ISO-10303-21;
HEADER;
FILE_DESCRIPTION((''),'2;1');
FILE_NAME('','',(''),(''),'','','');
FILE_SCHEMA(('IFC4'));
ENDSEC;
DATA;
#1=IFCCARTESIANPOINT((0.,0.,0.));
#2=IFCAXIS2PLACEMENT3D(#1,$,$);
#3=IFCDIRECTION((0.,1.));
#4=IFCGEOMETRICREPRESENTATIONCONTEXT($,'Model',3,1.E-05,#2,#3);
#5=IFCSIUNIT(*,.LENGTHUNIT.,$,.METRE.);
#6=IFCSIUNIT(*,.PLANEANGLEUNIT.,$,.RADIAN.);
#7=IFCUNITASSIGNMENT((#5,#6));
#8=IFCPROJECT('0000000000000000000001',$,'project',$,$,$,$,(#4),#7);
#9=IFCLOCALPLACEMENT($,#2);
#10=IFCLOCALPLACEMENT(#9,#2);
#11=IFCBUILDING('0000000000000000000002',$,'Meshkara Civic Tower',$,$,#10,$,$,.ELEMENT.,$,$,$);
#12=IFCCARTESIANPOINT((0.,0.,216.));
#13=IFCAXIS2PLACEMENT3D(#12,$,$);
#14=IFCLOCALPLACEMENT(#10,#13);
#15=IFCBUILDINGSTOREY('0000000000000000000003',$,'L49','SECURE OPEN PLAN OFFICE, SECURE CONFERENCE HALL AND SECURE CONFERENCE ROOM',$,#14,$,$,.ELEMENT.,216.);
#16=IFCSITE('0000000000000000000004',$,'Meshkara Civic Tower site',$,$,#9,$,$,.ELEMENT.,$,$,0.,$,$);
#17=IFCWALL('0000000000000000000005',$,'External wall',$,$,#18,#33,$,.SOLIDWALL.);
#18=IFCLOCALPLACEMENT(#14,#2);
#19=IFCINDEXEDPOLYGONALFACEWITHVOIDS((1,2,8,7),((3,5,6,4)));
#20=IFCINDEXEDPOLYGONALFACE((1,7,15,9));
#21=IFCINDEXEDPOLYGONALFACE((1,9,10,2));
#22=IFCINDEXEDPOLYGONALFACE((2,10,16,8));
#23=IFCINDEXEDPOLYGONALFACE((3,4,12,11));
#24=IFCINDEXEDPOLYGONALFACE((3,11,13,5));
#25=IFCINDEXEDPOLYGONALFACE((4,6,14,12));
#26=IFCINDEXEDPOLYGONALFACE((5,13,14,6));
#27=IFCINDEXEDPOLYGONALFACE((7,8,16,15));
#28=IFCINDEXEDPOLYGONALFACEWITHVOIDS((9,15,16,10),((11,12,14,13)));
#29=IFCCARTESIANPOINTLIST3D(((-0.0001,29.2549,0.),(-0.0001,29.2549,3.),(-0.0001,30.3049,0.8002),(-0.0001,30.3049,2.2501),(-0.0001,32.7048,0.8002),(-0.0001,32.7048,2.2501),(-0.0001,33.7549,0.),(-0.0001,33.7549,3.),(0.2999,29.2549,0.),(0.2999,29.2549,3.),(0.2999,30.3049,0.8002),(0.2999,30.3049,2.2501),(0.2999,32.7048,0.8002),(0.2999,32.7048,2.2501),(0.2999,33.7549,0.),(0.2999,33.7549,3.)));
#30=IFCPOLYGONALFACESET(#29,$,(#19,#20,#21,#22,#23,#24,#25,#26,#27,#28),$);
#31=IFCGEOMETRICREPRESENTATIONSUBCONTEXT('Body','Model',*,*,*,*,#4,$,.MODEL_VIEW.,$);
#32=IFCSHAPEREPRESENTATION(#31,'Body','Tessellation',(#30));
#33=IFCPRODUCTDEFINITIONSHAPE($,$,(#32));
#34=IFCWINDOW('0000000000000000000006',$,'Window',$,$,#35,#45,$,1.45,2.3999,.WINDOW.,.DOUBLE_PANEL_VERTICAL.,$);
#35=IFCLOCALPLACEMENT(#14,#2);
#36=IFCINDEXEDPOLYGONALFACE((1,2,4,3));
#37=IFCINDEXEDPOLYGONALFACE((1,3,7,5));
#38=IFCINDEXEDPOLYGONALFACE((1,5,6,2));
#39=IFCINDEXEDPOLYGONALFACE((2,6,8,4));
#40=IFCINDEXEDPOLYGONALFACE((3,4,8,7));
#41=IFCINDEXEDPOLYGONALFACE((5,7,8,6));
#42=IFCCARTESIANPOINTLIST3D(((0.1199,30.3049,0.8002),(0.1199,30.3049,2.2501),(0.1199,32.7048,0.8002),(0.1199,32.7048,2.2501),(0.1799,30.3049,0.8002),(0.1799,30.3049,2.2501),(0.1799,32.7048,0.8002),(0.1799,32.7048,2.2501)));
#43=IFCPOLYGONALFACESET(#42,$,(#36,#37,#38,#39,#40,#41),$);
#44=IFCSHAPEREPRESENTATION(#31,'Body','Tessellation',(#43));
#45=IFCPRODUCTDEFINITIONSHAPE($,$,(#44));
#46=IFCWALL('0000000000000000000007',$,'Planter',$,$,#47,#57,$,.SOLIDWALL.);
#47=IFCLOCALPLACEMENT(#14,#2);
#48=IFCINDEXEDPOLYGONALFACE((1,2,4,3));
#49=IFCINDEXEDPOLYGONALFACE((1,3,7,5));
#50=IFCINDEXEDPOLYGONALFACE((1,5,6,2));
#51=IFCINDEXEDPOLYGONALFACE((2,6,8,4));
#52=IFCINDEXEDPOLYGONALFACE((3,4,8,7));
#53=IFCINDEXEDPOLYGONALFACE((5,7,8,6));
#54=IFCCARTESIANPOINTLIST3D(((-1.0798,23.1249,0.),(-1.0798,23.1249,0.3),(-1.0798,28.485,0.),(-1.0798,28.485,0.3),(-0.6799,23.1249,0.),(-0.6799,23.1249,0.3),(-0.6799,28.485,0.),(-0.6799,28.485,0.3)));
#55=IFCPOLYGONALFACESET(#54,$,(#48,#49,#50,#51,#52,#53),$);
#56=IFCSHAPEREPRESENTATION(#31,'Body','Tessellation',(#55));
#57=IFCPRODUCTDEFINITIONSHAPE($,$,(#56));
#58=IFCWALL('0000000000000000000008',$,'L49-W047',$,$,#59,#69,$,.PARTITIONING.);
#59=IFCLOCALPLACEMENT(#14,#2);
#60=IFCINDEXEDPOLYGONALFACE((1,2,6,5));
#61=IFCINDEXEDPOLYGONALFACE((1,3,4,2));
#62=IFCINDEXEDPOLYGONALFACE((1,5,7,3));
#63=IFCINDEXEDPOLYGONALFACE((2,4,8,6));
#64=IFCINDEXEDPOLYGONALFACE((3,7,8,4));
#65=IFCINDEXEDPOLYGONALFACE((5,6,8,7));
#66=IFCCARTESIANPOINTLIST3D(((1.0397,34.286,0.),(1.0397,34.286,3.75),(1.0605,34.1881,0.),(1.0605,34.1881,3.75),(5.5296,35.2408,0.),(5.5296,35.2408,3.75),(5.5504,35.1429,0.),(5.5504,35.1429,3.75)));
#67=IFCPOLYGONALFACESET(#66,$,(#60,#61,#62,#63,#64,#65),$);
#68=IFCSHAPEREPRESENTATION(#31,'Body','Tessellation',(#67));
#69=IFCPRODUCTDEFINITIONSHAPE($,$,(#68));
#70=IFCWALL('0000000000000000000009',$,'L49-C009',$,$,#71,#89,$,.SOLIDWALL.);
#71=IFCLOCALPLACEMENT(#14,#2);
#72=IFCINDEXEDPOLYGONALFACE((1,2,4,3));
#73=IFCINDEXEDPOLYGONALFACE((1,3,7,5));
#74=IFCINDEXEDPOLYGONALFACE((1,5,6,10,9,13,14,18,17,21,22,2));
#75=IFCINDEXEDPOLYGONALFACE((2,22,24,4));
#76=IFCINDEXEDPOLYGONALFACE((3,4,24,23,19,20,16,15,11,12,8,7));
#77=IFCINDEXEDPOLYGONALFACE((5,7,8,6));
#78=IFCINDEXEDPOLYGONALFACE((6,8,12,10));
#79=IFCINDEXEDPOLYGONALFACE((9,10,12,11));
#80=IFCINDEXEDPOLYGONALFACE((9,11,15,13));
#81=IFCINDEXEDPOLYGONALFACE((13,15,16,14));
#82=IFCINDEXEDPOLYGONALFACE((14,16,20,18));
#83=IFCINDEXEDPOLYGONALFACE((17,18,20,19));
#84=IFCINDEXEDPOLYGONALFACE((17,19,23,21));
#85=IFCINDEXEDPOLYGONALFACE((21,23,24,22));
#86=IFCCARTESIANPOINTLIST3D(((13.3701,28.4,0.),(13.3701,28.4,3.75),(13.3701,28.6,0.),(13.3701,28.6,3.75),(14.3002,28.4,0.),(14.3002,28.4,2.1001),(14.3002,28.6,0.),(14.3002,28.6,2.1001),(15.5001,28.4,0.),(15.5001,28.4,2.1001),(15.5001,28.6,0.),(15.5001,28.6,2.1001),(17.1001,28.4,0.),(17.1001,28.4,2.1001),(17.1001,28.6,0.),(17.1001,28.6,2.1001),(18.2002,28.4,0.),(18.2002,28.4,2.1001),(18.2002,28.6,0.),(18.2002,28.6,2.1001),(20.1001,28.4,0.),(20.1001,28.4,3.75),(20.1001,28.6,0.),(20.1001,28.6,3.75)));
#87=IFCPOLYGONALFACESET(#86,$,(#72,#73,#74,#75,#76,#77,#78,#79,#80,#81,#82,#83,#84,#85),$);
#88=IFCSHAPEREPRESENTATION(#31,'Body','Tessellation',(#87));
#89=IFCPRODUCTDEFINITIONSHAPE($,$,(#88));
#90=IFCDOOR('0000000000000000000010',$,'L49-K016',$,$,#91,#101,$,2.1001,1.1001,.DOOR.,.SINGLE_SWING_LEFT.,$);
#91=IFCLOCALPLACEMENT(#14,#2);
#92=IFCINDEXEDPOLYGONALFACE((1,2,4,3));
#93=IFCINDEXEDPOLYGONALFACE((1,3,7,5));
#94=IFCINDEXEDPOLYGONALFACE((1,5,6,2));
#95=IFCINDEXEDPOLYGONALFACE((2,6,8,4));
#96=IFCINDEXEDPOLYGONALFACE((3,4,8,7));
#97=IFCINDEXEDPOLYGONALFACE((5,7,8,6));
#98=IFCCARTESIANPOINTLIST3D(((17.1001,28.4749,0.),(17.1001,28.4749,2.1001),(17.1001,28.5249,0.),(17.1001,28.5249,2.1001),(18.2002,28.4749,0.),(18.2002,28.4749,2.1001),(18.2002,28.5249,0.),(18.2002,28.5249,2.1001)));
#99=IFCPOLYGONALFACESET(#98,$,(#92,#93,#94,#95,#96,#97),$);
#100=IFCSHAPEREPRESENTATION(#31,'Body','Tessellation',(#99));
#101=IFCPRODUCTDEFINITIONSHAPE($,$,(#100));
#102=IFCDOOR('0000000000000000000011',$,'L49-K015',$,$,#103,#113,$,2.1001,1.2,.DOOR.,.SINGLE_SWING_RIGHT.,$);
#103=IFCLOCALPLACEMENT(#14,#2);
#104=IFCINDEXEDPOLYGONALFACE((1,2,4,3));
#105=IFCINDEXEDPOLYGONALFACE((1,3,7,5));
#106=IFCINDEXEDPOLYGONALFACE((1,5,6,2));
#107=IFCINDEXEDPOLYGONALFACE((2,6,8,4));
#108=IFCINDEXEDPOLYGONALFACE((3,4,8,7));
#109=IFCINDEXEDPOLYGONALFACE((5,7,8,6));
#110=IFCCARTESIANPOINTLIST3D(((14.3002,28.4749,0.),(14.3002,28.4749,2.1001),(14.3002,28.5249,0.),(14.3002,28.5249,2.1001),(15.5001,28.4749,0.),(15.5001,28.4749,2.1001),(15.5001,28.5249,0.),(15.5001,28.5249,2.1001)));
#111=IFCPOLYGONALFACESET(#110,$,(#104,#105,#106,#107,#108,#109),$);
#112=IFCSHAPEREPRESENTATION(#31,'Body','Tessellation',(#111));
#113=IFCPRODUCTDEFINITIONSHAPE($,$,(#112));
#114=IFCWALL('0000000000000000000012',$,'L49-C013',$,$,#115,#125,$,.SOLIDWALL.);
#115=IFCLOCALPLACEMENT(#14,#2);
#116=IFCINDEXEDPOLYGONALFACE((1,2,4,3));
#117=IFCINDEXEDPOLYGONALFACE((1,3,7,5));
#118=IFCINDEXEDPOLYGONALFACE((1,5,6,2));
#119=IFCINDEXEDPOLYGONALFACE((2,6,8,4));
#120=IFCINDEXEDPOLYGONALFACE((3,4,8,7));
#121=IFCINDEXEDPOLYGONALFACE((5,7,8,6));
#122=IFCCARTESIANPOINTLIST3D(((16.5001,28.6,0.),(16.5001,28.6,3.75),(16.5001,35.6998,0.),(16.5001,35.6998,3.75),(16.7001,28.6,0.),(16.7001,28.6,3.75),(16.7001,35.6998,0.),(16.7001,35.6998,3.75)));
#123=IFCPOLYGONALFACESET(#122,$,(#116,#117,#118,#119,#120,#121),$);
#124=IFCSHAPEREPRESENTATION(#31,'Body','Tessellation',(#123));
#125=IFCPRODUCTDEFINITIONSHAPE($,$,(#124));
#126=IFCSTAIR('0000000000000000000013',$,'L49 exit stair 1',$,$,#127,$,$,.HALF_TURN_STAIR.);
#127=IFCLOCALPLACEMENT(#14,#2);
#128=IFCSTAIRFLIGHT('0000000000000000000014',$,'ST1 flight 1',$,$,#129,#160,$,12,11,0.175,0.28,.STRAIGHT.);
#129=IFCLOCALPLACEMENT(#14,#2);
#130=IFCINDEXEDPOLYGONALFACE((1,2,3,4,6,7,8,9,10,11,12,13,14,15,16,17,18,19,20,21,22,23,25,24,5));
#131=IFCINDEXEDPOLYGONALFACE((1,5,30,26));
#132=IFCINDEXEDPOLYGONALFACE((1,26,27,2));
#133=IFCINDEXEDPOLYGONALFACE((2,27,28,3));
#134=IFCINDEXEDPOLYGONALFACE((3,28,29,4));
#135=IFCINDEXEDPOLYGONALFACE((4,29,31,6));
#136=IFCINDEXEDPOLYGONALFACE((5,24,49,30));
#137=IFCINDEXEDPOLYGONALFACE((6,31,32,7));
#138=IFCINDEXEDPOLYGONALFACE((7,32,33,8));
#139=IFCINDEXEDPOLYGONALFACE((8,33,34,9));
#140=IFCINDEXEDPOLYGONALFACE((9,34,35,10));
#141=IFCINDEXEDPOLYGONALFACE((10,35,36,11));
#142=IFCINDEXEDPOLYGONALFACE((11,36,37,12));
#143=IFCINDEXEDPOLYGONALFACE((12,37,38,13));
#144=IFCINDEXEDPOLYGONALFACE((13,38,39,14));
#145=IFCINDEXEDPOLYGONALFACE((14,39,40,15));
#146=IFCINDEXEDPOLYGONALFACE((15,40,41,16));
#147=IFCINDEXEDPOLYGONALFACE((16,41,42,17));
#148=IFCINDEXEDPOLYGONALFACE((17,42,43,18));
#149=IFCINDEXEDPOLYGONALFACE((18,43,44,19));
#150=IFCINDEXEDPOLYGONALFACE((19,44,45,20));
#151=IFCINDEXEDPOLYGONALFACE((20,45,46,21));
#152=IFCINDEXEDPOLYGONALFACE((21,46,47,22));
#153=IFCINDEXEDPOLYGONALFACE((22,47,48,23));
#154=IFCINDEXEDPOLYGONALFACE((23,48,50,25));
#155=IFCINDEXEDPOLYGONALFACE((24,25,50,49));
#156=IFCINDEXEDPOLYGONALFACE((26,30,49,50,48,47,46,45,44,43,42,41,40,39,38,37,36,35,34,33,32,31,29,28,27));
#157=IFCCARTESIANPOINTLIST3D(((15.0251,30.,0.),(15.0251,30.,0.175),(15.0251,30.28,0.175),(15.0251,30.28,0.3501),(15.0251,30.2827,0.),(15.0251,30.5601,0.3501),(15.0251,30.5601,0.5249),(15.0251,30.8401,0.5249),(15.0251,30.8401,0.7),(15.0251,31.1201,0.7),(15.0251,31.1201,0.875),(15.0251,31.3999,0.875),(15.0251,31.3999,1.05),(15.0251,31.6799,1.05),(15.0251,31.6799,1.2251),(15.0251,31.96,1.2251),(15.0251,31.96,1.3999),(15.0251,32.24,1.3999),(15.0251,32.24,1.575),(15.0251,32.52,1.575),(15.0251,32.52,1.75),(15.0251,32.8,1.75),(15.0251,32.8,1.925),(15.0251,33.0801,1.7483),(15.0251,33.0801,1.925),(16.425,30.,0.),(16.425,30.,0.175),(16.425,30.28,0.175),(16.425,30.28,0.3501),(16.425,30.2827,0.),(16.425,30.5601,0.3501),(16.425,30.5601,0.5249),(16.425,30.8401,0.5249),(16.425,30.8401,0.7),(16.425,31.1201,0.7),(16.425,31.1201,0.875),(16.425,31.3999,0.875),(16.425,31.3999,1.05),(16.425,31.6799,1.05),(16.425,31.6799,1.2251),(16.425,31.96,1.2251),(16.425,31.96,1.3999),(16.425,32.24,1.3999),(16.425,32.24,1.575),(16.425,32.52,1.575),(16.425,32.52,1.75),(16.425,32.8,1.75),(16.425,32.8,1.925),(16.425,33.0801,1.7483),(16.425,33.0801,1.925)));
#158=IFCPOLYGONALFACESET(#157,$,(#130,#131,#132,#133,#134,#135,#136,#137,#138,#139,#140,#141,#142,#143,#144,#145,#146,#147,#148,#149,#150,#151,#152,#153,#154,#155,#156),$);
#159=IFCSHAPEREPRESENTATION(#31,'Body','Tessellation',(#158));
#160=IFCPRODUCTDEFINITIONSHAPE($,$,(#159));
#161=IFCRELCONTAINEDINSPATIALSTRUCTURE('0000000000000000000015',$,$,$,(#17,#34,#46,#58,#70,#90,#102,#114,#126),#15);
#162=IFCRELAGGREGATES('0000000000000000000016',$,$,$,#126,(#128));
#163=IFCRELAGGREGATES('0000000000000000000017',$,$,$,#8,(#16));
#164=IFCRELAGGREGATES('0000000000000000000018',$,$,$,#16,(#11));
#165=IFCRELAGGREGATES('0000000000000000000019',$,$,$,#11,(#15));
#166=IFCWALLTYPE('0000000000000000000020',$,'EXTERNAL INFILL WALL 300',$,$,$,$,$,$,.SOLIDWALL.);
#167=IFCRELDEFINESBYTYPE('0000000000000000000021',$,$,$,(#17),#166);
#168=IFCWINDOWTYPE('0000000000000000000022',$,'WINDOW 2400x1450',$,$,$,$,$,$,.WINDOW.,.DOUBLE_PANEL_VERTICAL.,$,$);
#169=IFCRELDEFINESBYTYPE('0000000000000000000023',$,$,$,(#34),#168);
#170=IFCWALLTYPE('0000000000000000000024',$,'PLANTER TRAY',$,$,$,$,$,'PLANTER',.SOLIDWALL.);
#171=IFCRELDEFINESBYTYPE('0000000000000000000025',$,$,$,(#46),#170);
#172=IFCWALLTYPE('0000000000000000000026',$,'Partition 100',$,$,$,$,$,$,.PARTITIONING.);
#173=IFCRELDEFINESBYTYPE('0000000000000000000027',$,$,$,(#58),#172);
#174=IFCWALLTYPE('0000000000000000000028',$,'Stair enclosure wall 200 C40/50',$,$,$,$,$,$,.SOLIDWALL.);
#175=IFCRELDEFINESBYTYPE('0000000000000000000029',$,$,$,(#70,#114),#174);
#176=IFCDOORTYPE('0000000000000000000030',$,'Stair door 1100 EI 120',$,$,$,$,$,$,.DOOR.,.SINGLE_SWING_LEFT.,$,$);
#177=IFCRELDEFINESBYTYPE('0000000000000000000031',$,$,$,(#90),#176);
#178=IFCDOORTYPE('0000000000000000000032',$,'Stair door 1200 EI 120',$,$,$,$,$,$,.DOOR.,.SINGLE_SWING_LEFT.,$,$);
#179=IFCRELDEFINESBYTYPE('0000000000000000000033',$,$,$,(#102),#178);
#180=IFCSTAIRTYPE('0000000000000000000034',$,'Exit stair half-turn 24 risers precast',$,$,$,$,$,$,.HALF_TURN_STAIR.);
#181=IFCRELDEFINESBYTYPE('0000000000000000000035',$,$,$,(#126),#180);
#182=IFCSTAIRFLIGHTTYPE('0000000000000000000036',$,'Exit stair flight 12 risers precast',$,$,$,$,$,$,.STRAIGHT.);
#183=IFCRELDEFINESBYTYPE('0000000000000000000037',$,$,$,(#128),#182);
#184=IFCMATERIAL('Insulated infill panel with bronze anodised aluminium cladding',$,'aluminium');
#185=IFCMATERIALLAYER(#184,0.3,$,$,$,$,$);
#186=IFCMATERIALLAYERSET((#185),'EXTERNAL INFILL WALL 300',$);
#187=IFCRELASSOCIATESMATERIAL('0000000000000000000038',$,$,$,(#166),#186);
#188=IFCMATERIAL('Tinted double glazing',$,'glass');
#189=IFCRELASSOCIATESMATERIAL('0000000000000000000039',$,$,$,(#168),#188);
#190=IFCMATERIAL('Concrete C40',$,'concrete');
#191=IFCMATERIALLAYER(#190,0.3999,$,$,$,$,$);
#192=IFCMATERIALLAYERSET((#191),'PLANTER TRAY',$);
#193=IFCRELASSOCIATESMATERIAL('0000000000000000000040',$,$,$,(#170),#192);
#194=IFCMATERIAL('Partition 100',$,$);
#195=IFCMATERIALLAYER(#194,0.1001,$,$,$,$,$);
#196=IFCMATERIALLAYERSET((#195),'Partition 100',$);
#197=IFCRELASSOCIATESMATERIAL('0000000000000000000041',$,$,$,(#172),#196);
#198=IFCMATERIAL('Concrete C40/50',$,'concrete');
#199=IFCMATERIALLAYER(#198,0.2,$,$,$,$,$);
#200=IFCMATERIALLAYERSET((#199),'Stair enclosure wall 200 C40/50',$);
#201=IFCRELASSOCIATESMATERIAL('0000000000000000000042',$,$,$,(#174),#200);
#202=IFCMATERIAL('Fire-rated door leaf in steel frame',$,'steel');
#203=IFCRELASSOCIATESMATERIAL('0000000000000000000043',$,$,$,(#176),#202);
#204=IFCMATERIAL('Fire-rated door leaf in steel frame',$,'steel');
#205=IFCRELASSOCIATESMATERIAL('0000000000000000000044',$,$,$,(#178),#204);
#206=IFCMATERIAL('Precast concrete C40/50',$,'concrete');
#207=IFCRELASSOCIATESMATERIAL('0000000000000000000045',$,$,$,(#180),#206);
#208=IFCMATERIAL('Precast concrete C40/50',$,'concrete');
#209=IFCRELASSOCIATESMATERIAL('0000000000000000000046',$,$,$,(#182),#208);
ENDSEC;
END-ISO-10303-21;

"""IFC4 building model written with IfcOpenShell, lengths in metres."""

from ifc_helpers import new_model, si_unit, direction, frame, frame_2d, origin, place, context, subcontext, project, spatial, polyline, rectangle, outline, extrude, material, layer, layer_set, type_object, element, fill, aggregate, save


model = new_model("IFC4")

# Units and contexts
model_context = context("Model", 3, precision=1e-05, world=origin(), true_north=direction((0.0, 1.0)))
body_context = subcontext(model_context, "Body", "Model", "MODEL_VIEW")
ifc_project = project(units=[si_unit("LENGTHUNIT", "METRE"), si_unit("PLANEANGLEUNIT", "RADIAN")], contexts=[model_context])

# Site, building, storey
site_placement = place(None, origin())
site = spatial("IfcSite", under=ifc_project, at=site_placement, Name="Meshkara Civic Tower site", CompositionType="ELEMENT", RefElevation=0.0)
building_placement = place(site_placement, origin())
building = spatial("IfcBuilding", under=site, at=building_placement, Name="Meshkara Civic Tower", CompositionType="ELEMENT")
storey_placement = place(building_placement, frame((0.0, 0.0, 216.0)))
storey = spatial("IfcBuildingStorey", under=building, at=storey_placement, Name="L49", Description="SECURE OPEN PLAN OFFICE, SECURE CONFERENCE HALL AND SECURE CONFERENCE ROOM", CompositionType="ELEMENT", Elevation=216.0)

# Wall, opening, window
ifc_material_1 = material(Name="Insulated infill panel with bronze anodised aluminium cladding", Category="aluminium")
ifc_layer_1 = layer(ifc_material_1, 0.3)
ifc_layer_set_1 = layer_set([ifc_layer_1], Name="EXTERNAL INFILL WALL 300")
wall_type_1 = type_object("IfcWallType", Name="EXTERNAL INFILL WALL 300", PredefinedType="SOLIDWALL", material=ifc_layer_set_1)
ifc_material_2 = material(Name="Tinted double glazing", Category="glass")
window_type = type_object("IfcWindowType", Name="WINDOW 2400x1450", PartitioningType="DOUBLE_PANEL_VERTICAL", PredefinedType="WINDOW", material=ifc_material_2)
wall_1_placement = place(storey_placement, frame((0.1499, 33.7549, 0.0), z_axis=(0.0, 0.0, 1.0), x_axis=(0.0, -1.0, 0.0)))
wall_1 = element("IfcWall", 1, at=wall_1_placement, inside=storey, type_object=wall_type_1, Name="External wall", PredefinedType="SOLIDWALL", context=body_context, shape_type="SweptSolid", body=[
    extrude(rectangle(XDim=4.5, YDim=0.3, at=frame_2d((2.25, 0.0))), origin(), (0.0, 0.0, 1.0), 3.0),
])
opening_1_placement = place(wall_1_placement, frame((1.05, 0.0, 0.8)))
opening_1 = element("IfcOpeningElement", 2, at=opening_1_placement, cuts=wall_1, PredefinedType="OPENING", context=body_context, shape_type="SweptSolid", body=[
    extrude(rectangle(XDim=2.3999, YDim=1.45, at=frame_2d((1.2, 0.7251))), frame((0.0, 0.1599, 0.0), z_axis=(0.0, -1.0, 0.0), x_axis=(1.0, 0.0, 0.0)), (0.0, 0.0, 1.0), 0.3201),
])
window_1_placement = place(opening_1_placement, origin())
window_1 = element("IfcWindow", 3, at=window_1_placement, inside=storey, type_object=window_type, Name="Window", OverallHeight=1.45, OverallWidth=2.3999, PartitioningType="DOUBLE_PANEL_VERTICAL", PredefinedType="WINDOW", context=body_context, shape_type="SweptSolid", body=[
    extrude(rectangle(XDim=2.3999, YDim=1.45, at=frame_2d((1.2, 0.7251))), frame((0.0, 0.03, 0.0), z_axis=(0.0, -1.0, 0.0), x_axis=(1.0, 0.0, 0.0)), (0.0, 0.0, 1.0), 0.0601),
])
fill(opening_1, window_1)

# Walls
ifc_material_3 = material(Name="Concrete C40", Category="concrete")
ifc_layer_2 = layer(ifc_material_3, 0.3999)
ifc_layer_set_2 = layer_set([ifc_layer_2], Name="PLANTER TRAY")
wall_type_2 = type_object("IfcWallType", Name="PLANTER TRAY", ElementType="PLANTER", PredefinedType="SOLIDWALL", material=ifc_layer_set_2)
wall_2_placement = place(storey_placement, frame((-0.8799, 28.4851, 0.0), z_axis=(0.0, 0.0, 1.0), x_axis=(0.0, -1.0, 0.0)))
element("IfcWall", 4, at=wall_2_placement, inside=storey, type_object=wall_type_2, Name="Planter", PredefinedType="SOLIDWALL", context=body_context, shape_type="SweptSolid", body=[
    extrude(rectangle(XDim=5.3601, YDim=0.3999, at=frame_2d((2.6802, 0.0))), origin(), (0.0, 0.0, 1.0), 0.3),
])
ifc_material_4 = material(Name="Partition 100")
ifc_layer_3 = layer(ifc_material_4, 0.1001)
ifc_layer_set_3 = layer_set([ifc_layer_3], Name="Partition 100")
wall_type_3 = type_object("IfcWallType", Name="Partition 100", PredefinedType="PARTITIONING", material=ifc_layer_set_3)
wall_3_placement = place(storey_placement, frame((5.54, 35.1919, 0.0), z_axis=(0.0, 0.0, 1.0), x_axis=(-0.978127, -0.208007, 0.0)))
element("IfcWall", 5, at=wall_3_placement, inside=storey, type_object=wall_type_3, Name="L49-W047", PredefinedType="PARTITIONING", context=body_context, shape_type="SweptSolid", body=[
    extrude(rectangle(XDim=4.5903, YDim=0.1001, at=frame_2d((2.2952, 0.0))), origin(), (0.0, 0.0, 1.0), 3.75),
])

# Wall, openings, doors
ifc_material_5 = material(Name="Concrete C40/50", Category="concrete")
ifc_layer_4 = layer(ifc_material_5, 0.2)
ifc_layer_set_4 = layer_set([ifc_layer_4], Name="Stair enclosure wall 200 C40/50")
wall_type_4 = type_object("IfcWallType", Name="Stair enclosure wall 200 C40/50", PredefinedType="SOLIDWALL", material=ifc_layer_set_4)
wall_4_placement = place(storey_placement, frame((13.3701, 28.5, 0.0), z_axis=(0.0, 0.0, 1.0), x_axis=(1.0, 0.0, 0.0)))
wall_4 = element("IfcWall", 6, at=wall_4_placement, inside=storey, type_object=wall_type_4, Name="L49-C009", PredefinedType="SOLIDWALL", context=body_context, shape_type="SweptSolid", body=[
    extrude(rectangle(XDim=6.73, YDim=0.2, at=frame_2d((3.365, 0.0))), origin(), (0.0, 0.0, 1.0), 3.75),
])
opening_2_placement = place(wall_4_placement, frame((0.9299, 0.0, 0.0)))
opening_2 = element("IfcOpeningElement", 7, at=opening_2_placement, cuts=wall_4, PredefinedType="OPENING", context=body_context, shape_type="SweptSolid", body=[
    extrude(rectangle(XDim=1.2, YDim=2.1001, at=frame_2d((0.6001, 1.05))), frame((0.0, 0.1099, 0.0), z_axis=(0.0, -1.0, 0.0), x_axis=(1.0, 0.0, 0.0)), (0.0, 0.0, 1.0), 0.22),
])
opening_3_placement = place(wall_4_placement, frame((3.73, 0.0, 0.0)))
opening_3 = element("IfcOpeningElement", 8, at=opening_3_placement, cuts=wall_4, PredefinedType="OPENING", context=body_context, shape_type="SweptSolid", body=[
    extrude(rectangle(XDim=1.1001, YDim=2.1001, at=frame_2d((0.55, 1.05))), frame((0.0, 0.1099, 0.0), z_axis=(0.0, -1.0, 0.0), x_axis=(1.0, 0.0, 0.0)), (0.0, 0.0, 1.0), 0.22),
])
ifc_material_6 = material(Name="Fire-rated door leaf in steel frame", Category="steel")
door_type_1 = type_object("IfcDoorType", Name="Stair door 1100 EI 120", OperationType="SINGLE_SWING_LEFT", PredefinedType="DOOR", material=ifc_material_6)
door_1_placement = place(opening_3_placement, origin())
door_1 = element("IfcDoor", 9, at=door_1_placement, inside=storey, type_object=door_type_1, Name="L49-K016", OperationType="SINGLE_SWING_LEFT", OverallHeight=2.1001, OverallWidth=1.1001, PredefinedType="DOOR", context=body_context, shape_type="SweptSolid", body=[
    extrude(rectangle(XDim=1.1001, YDim=2.1001, at=frame_2d((0.55, 1.05))), frame((0.0, 0.0249, 0.0), z_axis=(0.0, -1.0, 0.0), x_axis=(1.0, 0.0, 0.0)), (0.0, 0.0, 1.0), 0.05),
])
fill(opening_3, door_1)
ifc_material_7 = material(Name="Fire-rated door leaf in steel frame", Category="steel")
door_type_2 = type_object("IfcDoorType", Name="Stair door 1200 EI 120", OperationType="SINGLE_SWING_LEFT", PredefinedType="DOOR", material=ifc_material_7)
door_2_placement = place(opening_2_placement, origin())
door_2 = element("IfcDoor", 10, at=door_2_placement, inside=storey, type_object=door_type_2, Name="L49-K015", OperationType="SINGLE_SWING_RIGHT", OverallHeight=2.1001, OverallWidth=1.2, PredefinedType="DOOR", context=body_context, shape_type="SweptSolid", body=[
    extrude(rectangle(XDim=1.2, YDim=2.1001, at=frame_2d((0.6001, 1.05))), frame((0.0, 0.0249, 0.0), z_axis=(0.0, -1.0, 0.0), x_axis=(1.0, 0.0, 0.0)), (0.0, 0.0, 1.0), 0.05),
])
fill(opening_2, door_2)

# Wall
wall_5_placement = place(storey_placement, frame((16.6001, 28.6001, 0.0), z_axis=(0.0, 0.0, 1.0), x_axis=(0.0, 1.0, 0.0)))
element("IfcWall", 11, at=wall_5_placement, inside=storey, type_object=wall_type_4, Name="L49-C013", PredefinedType="SOLIDWALL", context=body_context, shape_type="SweptSolid", body=[
    extrude(rectangle(XDim=7.0999, YDim=0.2, at=frame_2d((3.5498, 0.0))), origin(), (0.0, 0.0, 1.0), 3.75),
])

# Stair, stair flight
ifc_material_8 = material(Name="Precast concrete C40/50", Category="concrete")
stair_type = type_object("IfcStairType", Name="Exit stair half-turn 24 risers precast", PredefinedType="HALF_TURN_STAIR", material=ifc_material_8)
stair_1_placement = place(storey_placement, origin())
stair_1 = element("IfcStair", 12, at=stair_1_placement, inside=storey, type_object=stair_type, Name="L49 exit stair 1", PredefinedType="HALF_TURN_STAIR")
ifc_material_9 = material(Name="Precast concrete C40/50", Category="concrete")
stair_flight_type = type_object("IfcStairFlightType", Name="Exit stair flight 12 risers precast", PredefinedType="STRAIGHT", material=ifc_material_9)
stair_flight_1_placement = place(storey_placement, frame((15.7251, 30.0, 0.0), z_axis=(0.0, 0.0, 1.0), x_axis=(0.0, 1.0, 0.0)))
stair_flight_1 = element("IfcStairFlight", 13, at=stair_flight_1_placement, type_object=stair_flight_type, Name="ST1 flight 1", NumberOfRisers=12, NumberOfTreads=11, PredefinedType="STRAIGHT", RiserHeight=0.175, TreadLength=0.28, context=body_context, shape_type="SweptSolid", body=[
    extrude(outline(polyline([(0.0, 0.0), (0.0, 0.175), (0.28, 0.175), (0.28, 0.3501), (0.5601, 0.3501), (0.5601, 0.5249), (0.8401, 0.5249), (0.8401, 0.7), (1.1201, 0.7), (1.1201, 0.875), (1.3999, 0.875), (1.3999, 1.05), (1.6799, 1.05), (1.6799, 1.2251), (1.96, 1.2251), (1.96, 1.3999), (2.24, 1.3999), (2.24, 1.575), (2.52, 1.575), (2.52, 1.75), (2.8, 1.75), (2.8, 1.925), (3.0801, 1.925), (3.0801, 2.1001), (3.0801, 1.7483), (0.2827, 0.0), (0.0, 0.0)])), frame((0.0, 0.7, 0.0), z_axis=(0.0, -1.0, 0.0), x_axis=(1.0, 0.0, 0.0)), (0.0, 0.0, 1.0), 1.3999),
])
aggregate(stair_1, [stair_flight_1])

save(model, "model.ifc")
